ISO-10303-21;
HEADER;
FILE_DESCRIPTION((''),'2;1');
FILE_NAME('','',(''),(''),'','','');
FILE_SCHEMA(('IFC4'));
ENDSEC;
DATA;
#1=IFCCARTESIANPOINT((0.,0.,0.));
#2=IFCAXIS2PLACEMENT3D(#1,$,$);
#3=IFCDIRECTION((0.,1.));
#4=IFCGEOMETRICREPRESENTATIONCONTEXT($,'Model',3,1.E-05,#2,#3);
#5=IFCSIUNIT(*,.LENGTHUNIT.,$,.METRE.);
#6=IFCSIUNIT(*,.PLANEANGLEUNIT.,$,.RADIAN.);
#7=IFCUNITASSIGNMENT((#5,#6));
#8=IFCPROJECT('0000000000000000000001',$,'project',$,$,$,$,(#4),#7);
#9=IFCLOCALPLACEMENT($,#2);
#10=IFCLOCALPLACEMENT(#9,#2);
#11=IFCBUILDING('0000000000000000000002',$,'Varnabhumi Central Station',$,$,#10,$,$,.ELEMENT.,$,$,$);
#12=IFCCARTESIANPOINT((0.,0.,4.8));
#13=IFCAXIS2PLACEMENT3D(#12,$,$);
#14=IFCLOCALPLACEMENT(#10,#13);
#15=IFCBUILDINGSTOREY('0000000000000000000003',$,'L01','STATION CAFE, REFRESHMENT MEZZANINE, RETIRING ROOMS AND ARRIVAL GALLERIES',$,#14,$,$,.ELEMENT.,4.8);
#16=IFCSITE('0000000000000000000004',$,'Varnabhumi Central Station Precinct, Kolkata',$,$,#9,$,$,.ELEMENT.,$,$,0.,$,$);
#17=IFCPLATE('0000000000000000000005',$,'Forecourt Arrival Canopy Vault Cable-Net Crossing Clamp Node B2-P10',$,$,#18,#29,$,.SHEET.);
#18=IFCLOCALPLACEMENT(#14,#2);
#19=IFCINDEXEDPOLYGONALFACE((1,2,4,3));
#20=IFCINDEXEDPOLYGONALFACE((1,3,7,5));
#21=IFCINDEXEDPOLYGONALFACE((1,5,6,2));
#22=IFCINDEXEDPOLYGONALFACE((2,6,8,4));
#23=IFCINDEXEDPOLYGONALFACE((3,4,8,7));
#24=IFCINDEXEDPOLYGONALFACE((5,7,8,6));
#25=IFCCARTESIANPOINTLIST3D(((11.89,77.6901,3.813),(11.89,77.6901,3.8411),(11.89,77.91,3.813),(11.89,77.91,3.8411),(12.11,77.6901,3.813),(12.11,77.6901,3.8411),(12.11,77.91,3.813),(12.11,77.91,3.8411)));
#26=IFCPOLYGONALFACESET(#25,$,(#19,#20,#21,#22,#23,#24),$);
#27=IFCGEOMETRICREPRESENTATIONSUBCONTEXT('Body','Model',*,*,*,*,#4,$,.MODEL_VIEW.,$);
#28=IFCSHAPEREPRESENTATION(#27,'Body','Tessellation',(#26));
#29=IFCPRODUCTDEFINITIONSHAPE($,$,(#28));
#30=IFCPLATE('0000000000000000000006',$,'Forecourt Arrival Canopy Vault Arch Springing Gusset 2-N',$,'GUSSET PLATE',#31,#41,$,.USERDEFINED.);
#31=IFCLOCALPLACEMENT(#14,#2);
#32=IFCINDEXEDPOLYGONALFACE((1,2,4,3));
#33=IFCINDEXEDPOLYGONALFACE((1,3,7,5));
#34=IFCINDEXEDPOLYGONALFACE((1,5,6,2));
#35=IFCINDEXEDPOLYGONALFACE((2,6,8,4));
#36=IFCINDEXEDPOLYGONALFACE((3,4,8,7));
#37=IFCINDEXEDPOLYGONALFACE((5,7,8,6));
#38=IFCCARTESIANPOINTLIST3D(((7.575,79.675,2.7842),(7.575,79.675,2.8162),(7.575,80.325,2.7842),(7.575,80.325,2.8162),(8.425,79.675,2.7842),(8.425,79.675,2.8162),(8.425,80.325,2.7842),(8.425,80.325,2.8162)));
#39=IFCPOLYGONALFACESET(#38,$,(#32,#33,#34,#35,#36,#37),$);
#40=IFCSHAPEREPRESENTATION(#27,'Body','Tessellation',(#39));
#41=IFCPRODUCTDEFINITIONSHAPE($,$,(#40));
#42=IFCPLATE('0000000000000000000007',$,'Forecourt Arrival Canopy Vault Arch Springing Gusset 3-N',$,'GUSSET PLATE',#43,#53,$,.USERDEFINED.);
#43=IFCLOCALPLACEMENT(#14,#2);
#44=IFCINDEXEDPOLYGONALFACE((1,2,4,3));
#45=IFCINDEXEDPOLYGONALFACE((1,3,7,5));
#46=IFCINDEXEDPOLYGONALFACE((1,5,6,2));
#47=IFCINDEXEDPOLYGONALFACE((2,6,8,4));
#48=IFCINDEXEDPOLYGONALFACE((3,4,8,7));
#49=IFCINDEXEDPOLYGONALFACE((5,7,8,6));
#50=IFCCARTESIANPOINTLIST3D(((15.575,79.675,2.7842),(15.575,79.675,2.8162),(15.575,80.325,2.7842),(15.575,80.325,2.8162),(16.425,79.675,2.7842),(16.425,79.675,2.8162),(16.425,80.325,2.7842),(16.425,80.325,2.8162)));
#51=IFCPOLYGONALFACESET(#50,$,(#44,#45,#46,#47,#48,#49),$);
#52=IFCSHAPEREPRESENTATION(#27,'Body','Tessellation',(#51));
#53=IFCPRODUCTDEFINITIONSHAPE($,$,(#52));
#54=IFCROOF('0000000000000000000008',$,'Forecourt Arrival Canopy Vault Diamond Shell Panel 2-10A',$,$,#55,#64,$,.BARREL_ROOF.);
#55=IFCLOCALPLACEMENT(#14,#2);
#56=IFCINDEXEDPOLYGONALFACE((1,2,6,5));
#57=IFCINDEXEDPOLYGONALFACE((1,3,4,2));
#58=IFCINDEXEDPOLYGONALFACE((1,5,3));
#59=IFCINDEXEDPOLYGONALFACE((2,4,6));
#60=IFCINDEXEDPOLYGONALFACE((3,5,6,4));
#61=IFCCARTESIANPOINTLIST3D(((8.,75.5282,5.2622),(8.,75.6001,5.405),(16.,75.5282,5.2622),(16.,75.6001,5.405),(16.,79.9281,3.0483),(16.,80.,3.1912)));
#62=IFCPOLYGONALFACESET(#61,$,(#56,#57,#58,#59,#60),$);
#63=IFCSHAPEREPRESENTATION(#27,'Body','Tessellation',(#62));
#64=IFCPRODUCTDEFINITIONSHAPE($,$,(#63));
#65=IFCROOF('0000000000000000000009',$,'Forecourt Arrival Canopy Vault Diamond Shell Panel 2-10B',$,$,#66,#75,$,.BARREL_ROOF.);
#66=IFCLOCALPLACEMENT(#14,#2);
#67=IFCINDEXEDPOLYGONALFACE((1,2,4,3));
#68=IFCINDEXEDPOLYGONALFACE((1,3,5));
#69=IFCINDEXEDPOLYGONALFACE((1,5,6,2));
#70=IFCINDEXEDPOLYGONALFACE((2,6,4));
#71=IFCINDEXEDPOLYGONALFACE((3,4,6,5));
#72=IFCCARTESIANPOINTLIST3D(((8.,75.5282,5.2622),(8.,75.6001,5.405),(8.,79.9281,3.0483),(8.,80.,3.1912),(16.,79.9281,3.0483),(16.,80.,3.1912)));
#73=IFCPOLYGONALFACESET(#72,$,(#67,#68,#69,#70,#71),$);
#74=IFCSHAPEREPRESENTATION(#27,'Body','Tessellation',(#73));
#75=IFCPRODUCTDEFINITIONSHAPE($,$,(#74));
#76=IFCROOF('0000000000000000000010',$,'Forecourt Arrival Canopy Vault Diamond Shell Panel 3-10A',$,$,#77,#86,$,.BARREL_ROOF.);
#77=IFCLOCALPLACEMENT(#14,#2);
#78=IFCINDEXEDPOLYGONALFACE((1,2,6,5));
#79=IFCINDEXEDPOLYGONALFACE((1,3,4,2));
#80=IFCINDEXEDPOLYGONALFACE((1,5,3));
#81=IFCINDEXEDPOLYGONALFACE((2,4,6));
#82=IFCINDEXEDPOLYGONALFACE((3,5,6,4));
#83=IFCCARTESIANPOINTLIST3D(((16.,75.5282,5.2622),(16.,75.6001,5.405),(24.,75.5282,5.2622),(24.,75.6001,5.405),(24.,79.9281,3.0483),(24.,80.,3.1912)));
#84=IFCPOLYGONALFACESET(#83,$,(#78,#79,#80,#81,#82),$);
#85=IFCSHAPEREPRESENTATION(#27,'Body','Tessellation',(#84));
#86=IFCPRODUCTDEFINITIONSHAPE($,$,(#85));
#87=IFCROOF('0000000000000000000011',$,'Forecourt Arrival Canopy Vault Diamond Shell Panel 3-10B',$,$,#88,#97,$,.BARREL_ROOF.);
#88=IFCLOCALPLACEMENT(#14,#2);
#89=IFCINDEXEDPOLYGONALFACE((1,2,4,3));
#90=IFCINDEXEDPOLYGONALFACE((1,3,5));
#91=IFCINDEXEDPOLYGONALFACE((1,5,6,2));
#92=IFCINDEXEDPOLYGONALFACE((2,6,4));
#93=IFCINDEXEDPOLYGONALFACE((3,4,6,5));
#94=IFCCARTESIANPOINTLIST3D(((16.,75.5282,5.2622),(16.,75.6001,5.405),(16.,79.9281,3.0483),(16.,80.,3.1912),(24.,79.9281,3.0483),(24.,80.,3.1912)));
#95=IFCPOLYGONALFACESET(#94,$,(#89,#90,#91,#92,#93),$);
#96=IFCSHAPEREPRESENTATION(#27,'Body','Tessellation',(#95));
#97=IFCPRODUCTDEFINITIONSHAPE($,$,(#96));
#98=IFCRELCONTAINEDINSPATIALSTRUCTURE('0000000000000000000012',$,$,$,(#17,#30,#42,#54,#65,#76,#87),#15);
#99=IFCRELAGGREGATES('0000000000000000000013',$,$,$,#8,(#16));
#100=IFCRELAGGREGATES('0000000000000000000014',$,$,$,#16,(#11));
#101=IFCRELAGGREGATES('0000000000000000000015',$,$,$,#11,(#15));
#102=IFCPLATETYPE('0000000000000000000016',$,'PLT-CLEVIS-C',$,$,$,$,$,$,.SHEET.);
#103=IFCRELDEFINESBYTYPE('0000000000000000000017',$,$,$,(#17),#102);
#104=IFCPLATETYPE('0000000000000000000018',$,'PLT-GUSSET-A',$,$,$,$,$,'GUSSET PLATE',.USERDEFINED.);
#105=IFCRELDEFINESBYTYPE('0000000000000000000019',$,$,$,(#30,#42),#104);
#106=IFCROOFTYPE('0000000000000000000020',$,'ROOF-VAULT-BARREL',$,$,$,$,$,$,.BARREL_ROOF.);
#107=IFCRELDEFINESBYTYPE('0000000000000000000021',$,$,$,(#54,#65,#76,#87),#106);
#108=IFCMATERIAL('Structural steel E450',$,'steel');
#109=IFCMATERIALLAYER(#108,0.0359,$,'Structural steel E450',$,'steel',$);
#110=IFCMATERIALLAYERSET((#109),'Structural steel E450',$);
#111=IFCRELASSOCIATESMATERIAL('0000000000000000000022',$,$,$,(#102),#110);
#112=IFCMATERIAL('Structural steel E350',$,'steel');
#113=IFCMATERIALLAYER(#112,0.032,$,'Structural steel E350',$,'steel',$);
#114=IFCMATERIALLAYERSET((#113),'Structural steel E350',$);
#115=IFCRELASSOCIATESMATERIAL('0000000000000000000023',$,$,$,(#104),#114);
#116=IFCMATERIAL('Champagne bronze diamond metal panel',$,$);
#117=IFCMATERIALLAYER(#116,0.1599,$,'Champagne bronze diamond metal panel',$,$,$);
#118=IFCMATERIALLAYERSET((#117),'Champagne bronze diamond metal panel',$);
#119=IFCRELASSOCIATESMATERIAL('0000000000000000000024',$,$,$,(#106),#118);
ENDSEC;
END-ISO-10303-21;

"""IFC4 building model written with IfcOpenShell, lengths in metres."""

from ifc_helpers import new_model, si_unit, direction, frame, origin, origin_2d, place, context, subcontext, project, spatial, polyline, rectangle, outline, extrude, material, layer, layer_set, type_object, element, save


model = new_model("IFC4")

# Units and contexts
model_context = context("Model", 3, precision=1e-05, world=origin(), true_north=direction((0.0, 1.0)))
body_context = subcontext(model_context, "Body", "Model", "MODEL_VIEW")
ifc_project = project(units=[si_unit("LENGTHUNIT", "METRE"), si_unit("PLANEANGLEUNIT", "RADIAN")], contexts=[model_context])

# Site, building, storey
site_placement = place(None, origin())
site = spatial("IfcSite", under=ifc_project, at=site_placement, Name="Varnabhumi Central Station Precinct, Kolkata", CompositionType="ELEMENT", RefElevation=0.0)
building_placement = place(site_placement, origin())
building = spatial("IfcBuilding", under=site, at=building_placement, Name="Varnabhumi Central Station", CompositionType="ELEMENT")
storey_placement = place(building_placement, frame((0.0, 0.0, 4.8)))
storey = spatial("IfcBuildingStorey", under=building, at=storey_placement, Name="L01", Description="STATION CAFE, REFRESHMENT MEZZANINE, RETIRING ROOMS AND ARRIVAL GALLERIES", CompositionType="ELEMENT", Elevation=4.8)

# Shared definitions
ifc_material_1 = material(Name="Structural steel E350", Category="steel")

# Plates
ifc_material_2 = material(Name="Structural steel E450", Category="steel")
ifc_layer_1 = layer(ifc_material_2, 0.0359, Name="Structural steel E450", Category="steel")
ifc_layer_set_1 = layer_set([ifc_layer_1], Name="Structural steel E450")
plate_type_1 = type_object("IfcPlateType", Name="PLT-CLEVIS-C", PredefinedType="SHEET", material=ifc_layer_set_1)
plate_1_placement = place(storey_placement, frame((12.0, 77.8, 3.813), z_axis=(0.0, 0.0, 1.0), x_axis=(1.0, 0.0, 0.0)))
element("IfcPlate", 1, at=plate_1_placement, inside=storey, type_object=plate_type_1, Name="Forecourt Arrival Canopy Vault Cable-Net Crossing Clamp Node B2-P10", PredefinedType="SHEET", context=body_context, shape_type="SweptSolid", body=[
    extrude(rectangle(XDim=0.22, YDim=0.22, at=origin_2d()), origin(), (0.0, 0.0, 1.0), 0.0281),
])
ifc_layer_2 = layer(ifc_material_1, 0.032, Name="Structural steel E350", Category="steel")
ifc_layer_set_2 = layer_set([ifc_layer_2], Name="Structural steel E350")
plate_type_2 = type_object("IfcPlateType", Name="PLT-GUSSET-A", ElementType="GUSSET PLATE", PredefinedType="USERDEFINED", material=ifc_layer_set_2)
for number, where, z_axis, x_axis, name in (
    (2, (8.0, 80.0, 2.7842), (0.0, 0.0, 1.0), (1.0, 0.0, 0.0), "Forecourt Arrival Canopy Vault Arch Springing Gusset 2-N"),
    (3, (16.0, 80.0, 2.7842), (0.0, 0.0, 1.0), (1.0, 0.0, 0.0), "Forecourt Arrival Canopy Vault Arch Springing Gusset 3-N"),
):
    element("IfcPlate", number, at=place(storey_placement, frame(where, z_axis=z_axis, x_axis=x_axis)), inside=storey, type_object=plate_type_2, Name=name, ObjectType="GUSSET PLATE", PredefinedType="USERDEFINED", context=body_context, shape_type="SweptSolid", body=[
        extrude(rectangle(XDim=0.8501, YDim=0.6499, at=origin_2d()), origin(), (0.0, 0.0, 1.0), 0.032),
    ])

# Roofs
ifc_material_3 = material(Name="Champagne bronze diamond metal panel")
ifc_layer_3 = layer(ifc_material_3, 0.1599, Name="Champagne bronze diamond metal panel")
ifc_layer_set_3 = layer_set([ifc_layer_3], Name="Champagne bronze diamond metal panel")
roof_type = type_object("IfcRoofType", Name="ROOF-VAULT-BARREL", PredefinedType="BARREL_ROOF", material=ifc_layer_set_3)
roof_1_placement = place(storey_placement, frame((8.0, 75.6001, 5.405), z_axis=(0.0, 0.449472, 0.893294), x_axis=(1.0, 0.0, 0.0)))
element("IfcRoof", 4, at=roof_1_placement, inside=storey, type_object=roof_type, Name="Forecourt Arrival Canopy Vault Diamond Shell Panel 2-10A", PredefinedType="BARREL_ROOF", context=body_context, shape_type="SweptSolid", body=[
    extrude(outline(polyline([(0.0, 0.0), (8.0, 0.0), (8.0, 4.9255), (0.0, 0.0)])), origin(), (0.0, 0.0, -1.0), 0.1599),
])
roof_2_placement = place(storey_placement, frame((8.0, 75.6001, 5.405), z_axis=(0.0, 0.449472, 0.893294), x_axis=(0.851544, 0.468339, -0.235651)))
element("IfcRoof", 5, at=roof_2_placement, inside=storey, type_object=roof_type, Name="Forecourt Arrival Canopy Vault Diamond Shell Panel 2-10B", PredefinedType="BARREL_ROOF", context=body_context, shape_type="SweptSolid", body=[
    extrude(outline(polyline([(0.0, 0.0), (9.3947, 0.0), (2.5823, 4.1943), (0.0, 0.0)])), origin(), (0.0, 0.0, -1.0), 0.1599),
])
roof_3_placement = place(storey_placement, frame((16.0, 75.6001, 5.405), z_axis=(0.0, 0.449472, 0.893294), x_axis=(1.0, 0.0, 0.0)))
element("IfcRoof", 6, at=roof_3_placement, inside=storey, type_object=roof_type, Name="Forecourt Arrival Canopy Vault Diamond Shell Panel 3-10A", PredefinedType="BARREL_ROOF", context=body_context, shape_type="SweptSolid", body=[
    extrude(outline(polyline([(0.0, 0.0), (8.0, 0.0), (8.0, 4.9255), (0.0, 0.0)])), origin(), (0.0, 0.0, -1.0), 0.1599),
])
roof_4_placement = place(storey_placement, frame((16.0, 75.6001, 5.405), z_axis=(0.0, 0.449472, 0.893294), x_axis=(0.851544, 0.468339, -0.235651)))
element("IfcRoof", 7, at=roof_4_placement, inside=storey, type_object=roof_type, Name="Forecourt Arrival Canopy Vault Diamond Shell Panel 3-10B", PredefinedType="BARREL_ROOF", context=body_context, shape_type="SweptSolid", body=[
    extrude(outline(polyline([(0.0, 0.0), (9.3947, 0.0), (2.5823, 4.1943), (0.0, 0.0)])), origin(), (0.0, 0.0, -1.0), 0.1599),
])

save(model, "model.ifc")
